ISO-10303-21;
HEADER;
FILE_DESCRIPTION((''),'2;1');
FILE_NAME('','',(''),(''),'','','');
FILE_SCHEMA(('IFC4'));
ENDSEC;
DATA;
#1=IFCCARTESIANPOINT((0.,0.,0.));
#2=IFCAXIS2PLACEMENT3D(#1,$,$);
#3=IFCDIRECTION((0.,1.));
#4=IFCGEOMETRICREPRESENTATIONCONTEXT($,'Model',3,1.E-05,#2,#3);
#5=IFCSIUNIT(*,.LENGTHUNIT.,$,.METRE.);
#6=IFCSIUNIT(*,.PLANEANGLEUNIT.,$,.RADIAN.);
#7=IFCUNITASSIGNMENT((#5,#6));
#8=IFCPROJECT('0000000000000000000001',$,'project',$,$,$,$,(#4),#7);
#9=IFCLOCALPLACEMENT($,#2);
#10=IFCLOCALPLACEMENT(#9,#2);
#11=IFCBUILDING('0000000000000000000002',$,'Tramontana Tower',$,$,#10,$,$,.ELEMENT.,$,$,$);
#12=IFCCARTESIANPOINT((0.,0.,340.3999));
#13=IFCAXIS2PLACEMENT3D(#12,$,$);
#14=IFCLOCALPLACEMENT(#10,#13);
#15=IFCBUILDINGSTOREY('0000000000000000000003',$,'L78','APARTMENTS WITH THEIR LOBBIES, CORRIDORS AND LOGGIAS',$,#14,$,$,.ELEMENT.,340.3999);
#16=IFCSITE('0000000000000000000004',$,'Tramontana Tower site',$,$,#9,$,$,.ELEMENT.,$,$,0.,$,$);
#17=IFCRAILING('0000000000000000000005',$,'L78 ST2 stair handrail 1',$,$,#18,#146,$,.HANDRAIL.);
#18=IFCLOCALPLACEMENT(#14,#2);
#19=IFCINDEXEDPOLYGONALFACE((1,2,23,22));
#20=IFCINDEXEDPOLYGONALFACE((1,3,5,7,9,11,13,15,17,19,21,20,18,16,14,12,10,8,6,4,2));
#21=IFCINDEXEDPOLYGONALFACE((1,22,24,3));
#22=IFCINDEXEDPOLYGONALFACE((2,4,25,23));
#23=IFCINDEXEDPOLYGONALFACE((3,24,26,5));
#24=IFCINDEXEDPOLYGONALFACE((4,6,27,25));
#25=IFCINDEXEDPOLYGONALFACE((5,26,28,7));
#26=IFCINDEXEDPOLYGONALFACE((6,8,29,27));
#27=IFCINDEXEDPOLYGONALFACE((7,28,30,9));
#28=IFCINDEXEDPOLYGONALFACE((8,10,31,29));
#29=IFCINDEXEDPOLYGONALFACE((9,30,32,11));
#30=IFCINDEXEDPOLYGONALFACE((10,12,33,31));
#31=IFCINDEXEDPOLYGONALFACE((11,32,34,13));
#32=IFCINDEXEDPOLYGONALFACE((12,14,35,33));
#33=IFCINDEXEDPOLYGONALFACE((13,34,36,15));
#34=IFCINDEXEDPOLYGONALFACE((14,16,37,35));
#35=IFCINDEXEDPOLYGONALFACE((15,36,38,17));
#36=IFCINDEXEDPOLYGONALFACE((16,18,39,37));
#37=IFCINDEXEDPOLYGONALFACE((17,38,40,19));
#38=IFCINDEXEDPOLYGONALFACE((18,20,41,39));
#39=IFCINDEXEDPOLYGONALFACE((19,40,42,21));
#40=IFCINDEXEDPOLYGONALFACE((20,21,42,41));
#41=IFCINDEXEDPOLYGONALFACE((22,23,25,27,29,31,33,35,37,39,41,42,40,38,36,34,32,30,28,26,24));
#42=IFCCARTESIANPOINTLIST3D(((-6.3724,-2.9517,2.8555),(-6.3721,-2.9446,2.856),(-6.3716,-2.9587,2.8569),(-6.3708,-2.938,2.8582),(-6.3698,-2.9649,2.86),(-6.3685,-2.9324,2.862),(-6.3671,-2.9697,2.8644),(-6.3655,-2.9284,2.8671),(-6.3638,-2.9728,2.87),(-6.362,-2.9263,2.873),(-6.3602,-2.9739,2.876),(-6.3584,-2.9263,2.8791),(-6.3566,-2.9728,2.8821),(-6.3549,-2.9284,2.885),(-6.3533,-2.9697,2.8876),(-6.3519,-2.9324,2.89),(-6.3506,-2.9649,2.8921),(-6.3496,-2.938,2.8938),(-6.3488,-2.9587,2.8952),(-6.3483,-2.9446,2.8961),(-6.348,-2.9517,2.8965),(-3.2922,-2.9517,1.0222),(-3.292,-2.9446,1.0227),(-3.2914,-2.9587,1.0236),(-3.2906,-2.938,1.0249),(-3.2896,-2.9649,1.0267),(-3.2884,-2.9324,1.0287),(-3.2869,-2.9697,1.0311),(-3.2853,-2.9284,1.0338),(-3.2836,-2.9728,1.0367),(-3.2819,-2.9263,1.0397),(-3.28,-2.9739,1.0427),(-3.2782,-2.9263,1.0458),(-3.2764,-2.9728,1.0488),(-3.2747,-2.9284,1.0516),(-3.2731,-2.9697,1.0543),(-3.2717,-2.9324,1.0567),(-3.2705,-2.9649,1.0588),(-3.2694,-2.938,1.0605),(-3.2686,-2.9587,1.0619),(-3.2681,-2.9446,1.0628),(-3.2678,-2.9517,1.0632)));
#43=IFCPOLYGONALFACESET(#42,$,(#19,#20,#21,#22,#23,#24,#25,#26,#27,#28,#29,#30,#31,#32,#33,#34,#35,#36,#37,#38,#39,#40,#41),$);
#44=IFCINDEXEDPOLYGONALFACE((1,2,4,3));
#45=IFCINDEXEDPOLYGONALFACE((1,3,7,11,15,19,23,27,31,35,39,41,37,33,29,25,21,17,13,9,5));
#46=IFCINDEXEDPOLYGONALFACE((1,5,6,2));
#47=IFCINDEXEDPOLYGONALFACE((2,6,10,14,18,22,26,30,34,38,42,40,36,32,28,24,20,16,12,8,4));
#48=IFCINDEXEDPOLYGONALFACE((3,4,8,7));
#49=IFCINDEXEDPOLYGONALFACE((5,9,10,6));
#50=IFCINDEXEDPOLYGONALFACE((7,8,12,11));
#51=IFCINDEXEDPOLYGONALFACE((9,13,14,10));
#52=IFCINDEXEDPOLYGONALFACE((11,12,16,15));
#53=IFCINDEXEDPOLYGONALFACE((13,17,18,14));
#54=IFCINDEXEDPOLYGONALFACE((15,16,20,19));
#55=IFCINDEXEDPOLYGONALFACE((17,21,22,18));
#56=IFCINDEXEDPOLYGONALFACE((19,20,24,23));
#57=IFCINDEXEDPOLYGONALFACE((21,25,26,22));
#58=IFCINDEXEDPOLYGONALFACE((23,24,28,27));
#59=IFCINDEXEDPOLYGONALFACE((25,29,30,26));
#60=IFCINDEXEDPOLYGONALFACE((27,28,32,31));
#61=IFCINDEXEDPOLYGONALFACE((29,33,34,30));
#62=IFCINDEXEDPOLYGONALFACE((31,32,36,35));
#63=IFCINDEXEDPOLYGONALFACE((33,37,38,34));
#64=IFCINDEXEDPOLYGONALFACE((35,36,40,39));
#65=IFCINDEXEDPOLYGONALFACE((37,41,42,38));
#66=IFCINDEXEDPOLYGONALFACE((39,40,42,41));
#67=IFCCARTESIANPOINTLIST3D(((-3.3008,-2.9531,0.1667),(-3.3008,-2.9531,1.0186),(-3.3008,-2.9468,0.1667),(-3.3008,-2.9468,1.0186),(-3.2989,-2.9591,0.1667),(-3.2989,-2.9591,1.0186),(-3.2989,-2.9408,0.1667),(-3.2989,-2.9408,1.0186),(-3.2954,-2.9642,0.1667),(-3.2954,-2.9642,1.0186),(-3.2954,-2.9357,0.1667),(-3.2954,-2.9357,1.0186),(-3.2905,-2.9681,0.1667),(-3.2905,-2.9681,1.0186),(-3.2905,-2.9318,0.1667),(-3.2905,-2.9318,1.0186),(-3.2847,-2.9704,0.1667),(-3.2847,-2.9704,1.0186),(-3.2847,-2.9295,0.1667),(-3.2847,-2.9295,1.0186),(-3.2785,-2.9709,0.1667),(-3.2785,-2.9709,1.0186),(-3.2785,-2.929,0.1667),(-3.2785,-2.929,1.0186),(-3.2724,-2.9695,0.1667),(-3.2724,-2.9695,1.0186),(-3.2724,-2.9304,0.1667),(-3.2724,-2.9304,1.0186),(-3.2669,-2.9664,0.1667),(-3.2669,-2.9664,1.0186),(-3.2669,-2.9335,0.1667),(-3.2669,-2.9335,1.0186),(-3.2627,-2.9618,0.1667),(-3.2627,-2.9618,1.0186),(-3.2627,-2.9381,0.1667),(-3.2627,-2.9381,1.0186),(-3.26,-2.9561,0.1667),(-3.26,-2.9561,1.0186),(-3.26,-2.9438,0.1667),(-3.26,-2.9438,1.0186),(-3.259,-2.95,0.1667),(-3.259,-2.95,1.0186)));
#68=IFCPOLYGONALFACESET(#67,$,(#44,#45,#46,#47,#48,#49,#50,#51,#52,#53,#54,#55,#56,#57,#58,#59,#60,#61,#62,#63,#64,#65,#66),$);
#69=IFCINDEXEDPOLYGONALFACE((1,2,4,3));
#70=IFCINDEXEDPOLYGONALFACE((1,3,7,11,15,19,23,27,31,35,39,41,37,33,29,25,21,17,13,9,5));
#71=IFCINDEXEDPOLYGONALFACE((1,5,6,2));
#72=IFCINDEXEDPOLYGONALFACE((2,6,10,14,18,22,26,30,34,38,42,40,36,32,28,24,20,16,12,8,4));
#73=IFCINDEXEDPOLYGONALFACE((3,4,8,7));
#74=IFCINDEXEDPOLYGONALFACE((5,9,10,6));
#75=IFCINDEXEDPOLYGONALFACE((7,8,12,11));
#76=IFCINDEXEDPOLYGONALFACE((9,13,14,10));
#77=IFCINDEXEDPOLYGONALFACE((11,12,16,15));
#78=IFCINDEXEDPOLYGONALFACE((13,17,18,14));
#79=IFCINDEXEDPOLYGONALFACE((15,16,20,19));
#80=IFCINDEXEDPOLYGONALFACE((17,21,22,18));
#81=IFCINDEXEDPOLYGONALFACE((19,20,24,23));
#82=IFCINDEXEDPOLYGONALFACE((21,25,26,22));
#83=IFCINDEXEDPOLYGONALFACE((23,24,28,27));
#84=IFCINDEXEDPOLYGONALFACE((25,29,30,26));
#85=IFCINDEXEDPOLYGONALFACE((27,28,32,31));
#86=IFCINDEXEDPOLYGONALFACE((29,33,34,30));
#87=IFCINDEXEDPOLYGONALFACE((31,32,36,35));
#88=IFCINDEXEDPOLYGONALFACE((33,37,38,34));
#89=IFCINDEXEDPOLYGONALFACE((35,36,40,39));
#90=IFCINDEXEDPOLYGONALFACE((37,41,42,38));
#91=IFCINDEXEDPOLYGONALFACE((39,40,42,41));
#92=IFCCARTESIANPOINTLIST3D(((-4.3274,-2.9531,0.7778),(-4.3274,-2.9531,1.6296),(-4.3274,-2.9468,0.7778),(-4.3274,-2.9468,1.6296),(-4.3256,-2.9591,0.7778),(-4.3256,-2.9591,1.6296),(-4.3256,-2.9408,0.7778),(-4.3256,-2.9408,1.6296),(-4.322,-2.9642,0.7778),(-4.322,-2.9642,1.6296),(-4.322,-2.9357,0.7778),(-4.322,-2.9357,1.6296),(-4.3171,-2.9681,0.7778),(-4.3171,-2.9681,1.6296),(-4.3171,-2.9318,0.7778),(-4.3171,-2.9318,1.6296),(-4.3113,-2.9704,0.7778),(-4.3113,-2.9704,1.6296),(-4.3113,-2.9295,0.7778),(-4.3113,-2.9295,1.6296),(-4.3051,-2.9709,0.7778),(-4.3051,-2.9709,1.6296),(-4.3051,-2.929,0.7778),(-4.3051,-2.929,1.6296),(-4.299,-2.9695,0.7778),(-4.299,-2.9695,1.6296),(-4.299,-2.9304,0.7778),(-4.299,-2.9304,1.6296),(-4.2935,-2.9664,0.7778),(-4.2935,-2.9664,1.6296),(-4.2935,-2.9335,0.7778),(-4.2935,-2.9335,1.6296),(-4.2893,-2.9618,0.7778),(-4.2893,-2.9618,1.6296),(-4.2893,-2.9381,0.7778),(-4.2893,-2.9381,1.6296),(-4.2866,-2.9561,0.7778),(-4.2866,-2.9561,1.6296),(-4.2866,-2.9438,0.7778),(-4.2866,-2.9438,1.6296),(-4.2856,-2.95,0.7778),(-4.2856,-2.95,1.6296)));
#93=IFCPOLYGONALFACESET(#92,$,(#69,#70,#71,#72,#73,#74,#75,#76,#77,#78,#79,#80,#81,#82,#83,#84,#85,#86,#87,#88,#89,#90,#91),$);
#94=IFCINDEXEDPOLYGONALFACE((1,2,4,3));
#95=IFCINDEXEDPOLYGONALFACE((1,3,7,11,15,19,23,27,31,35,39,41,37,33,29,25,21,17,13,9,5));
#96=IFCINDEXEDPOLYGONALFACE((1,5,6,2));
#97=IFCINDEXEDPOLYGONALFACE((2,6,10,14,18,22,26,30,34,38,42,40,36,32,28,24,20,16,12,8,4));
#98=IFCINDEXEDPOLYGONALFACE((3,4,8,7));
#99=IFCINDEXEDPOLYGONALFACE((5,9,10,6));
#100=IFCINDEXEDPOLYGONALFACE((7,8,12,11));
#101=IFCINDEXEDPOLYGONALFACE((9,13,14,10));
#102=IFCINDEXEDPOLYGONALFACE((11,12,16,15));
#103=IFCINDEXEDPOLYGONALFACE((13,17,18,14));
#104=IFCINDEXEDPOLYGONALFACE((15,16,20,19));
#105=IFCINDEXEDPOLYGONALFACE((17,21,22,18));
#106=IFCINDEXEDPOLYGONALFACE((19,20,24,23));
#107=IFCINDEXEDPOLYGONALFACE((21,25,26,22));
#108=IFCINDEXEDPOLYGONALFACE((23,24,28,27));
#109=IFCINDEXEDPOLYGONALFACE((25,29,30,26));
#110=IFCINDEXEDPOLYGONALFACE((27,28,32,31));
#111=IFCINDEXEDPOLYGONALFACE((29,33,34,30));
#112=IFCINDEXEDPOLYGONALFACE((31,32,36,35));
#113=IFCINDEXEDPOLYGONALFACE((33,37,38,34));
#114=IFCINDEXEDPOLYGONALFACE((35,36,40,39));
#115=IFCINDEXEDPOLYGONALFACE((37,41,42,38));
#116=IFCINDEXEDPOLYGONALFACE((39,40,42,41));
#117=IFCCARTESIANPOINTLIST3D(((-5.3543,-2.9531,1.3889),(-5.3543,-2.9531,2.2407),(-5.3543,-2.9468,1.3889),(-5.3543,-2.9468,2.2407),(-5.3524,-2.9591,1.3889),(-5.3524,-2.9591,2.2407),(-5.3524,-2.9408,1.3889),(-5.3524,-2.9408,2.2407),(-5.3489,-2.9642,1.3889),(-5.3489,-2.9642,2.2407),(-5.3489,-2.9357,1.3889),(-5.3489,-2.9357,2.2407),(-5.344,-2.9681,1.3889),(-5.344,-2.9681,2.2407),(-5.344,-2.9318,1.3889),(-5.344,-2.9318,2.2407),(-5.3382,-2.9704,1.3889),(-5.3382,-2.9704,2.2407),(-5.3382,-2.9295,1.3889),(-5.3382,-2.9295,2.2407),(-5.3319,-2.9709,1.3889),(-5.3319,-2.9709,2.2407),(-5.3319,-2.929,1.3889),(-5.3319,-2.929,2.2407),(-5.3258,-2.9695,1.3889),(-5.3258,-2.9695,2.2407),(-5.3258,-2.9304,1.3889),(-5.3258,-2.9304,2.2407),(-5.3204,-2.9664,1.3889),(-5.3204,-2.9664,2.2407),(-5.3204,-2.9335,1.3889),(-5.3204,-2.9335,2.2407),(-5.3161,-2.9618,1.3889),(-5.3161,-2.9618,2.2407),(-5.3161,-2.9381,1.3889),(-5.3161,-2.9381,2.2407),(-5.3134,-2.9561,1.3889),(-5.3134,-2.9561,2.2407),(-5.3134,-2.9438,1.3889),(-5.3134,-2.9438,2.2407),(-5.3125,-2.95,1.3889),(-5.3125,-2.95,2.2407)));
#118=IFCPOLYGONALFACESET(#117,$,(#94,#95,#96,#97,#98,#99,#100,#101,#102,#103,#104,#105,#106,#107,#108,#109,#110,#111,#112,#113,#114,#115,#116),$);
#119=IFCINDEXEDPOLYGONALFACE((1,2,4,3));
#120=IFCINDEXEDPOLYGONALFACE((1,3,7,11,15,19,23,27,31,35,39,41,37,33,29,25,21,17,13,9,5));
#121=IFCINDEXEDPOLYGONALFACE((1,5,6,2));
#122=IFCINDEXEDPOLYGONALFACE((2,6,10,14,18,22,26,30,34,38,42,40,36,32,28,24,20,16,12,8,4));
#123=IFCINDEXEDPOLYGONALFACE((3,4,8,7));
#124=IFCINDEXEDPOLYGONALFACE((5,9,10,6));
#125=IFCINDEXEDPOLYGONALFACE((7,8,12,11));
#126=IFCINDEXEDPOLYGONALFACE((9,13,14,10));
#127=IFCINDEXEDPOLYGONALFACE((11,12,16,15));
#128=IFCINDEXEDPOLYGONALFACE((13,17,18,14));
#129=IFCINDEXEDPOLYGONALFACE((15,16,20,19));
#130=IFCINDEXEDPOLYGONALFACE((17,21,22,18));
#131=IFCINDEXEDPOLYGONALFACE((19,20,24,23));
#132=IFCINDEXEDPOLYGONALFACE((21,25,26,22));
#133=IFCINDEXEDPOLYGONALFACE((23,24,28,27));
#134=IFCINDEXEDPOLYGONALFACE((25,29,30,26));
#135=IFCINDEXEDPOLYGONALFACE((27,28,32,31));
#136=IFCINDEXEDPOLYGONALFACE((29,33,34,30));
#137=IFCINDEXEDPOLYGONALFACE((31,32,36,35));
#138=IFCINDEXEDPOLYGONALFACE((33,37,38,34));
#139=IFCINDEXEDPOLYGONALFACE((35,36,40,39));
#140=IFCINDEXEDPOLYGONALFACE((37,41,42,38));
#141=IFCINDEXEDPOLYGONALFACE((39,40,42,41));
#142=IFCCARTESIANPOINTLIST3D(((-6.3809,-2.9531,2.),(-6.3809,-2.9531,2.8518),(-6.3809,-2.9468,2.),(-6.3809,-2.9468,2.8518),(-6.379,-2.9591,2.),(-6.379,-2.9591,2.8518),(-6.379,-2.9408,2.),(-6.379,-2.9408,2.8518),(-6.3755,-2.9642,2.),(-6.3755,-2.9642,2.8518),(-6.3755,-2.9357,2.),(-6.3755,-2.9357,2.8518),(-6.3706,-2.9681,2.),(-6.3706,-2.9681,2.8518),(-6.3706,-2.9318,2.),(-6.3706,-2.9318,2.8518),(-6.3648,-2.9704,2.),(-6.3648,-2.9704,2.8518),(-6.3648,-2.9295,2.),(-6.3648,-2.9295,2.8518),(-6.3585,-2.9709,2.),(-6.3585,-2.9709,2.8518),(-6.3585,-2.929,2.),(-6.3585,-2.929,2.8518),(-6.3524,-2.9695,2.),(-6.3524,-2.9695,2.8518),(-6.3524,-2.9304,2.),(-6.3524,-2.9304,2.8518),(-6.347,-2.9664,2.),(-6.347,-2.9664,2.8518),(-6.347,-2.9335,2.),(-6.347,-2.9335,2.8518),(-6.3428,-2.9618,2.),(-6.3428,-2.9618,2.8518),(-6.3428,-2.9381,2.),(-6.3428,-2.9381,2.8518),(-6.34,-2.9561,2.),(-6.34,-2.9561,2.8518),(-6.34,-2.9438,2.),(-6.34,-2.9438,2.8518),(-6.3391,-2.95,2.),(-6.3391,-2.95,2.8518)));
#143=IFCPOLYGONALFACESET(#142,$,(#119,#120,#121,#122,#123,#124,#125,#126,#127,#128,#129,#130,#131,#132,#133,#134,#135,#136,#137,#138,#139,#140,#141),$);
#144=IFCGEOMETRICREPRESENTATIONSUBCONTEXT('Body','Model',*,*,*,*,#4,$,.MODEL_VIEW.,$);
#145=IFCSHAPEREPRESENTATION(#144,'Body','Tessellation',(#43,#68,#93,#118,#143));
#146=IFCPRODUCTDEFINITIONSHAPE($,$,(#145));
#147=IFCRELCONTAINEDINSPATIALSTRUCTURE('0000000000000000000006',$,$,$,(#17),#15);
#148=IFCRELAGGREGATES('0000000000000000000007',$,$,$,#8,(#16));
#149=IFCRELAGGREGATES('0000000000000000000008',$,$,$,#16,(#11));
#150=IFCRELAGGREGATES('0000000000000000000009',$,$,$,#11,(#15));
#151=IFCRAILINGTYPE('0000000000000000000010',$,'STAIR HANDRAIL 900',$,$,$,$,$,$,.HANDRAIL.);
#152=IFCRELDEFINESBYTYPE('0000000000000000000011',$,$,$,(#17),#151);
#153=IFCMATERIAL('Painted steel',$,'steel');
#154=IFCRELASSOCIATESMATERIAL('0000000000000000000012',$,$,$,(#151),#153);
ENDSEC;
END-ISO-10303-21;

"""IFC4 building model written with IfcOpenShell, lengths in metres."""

from ifc_helpers import new_model, si_unit, direction, frame, origin, origin_2d, place, context, subcontext, project, spatial, circle, extrude, material, type_object, element, save


model = new_model("IFC4")

# Units and contexts
model_context = context("Model", 3, precision=1e-05, world=origin(), true_north=direction((0.0, 1.0)))
body_context = subcontext(model_context, "Body", "Model", "MODEL_VIEW")
ifc_project = project(units=[si_unit("LENGTHUNIT", "METRE"), si_unit("PLANEANGLEUNIT", "RADIAN")], contexts=[model_context])

# Site, building, storey
site_placement = place(None, origin())
site = spatial("IfcSite", under=ifc_project, at=site_placement, Name="Tramontana Tower site", CompositionType="ELEMENT", RefElevation=0.0)
building_placement = place(site_placement, origin())
building = spatial("IfcBuilding", under=site, at=building_placement, Name="Tramontana Tower", CompositionType="ELEMENT")
storey_placement = place(building_placement, frame((0.0, 0.0, 340.3999)))
storey = spatial("IfcBuildingStorey", under=building, at=storey_placement, Name="L78", Description="APARTMENTS WITH THEIR LOBBIES, CORRIDORS AND LOGGIAS", CompositionType="ELEMENT", Elevation=340.3999)

# Railing
ifc_material_1 = material(Name="Painted steel", Category="steel")
railing_type_1 = type_object("IfcRailingType", Name="STAIR HANDRAIL 900", PredefinedType="HANDRAIL", material=ifc_material_1)
railing_1_placement = place(storey_placement, frame((-3.28, -2.95, 0.1667)))
element("IfcRailing", 1, at=railing_1_placement, inside=storey, type_object=railing_type_1, Name="L78 ST2 stair handrail 1", PredefinedType="HANDRAIL", context=body_context, shape_type="SweptSolid", body=[
    extrude(circle(Radius=0.0239, at=origin_2d()), frame((0.0, 0.0, 0.876), z_axis=(-0.859309, 0.0, 0.511458), x_axis=(0.0, -1.0, 0.0)), (0.0, 0.0, 1.0), 3.5845),
    extrude(circle(Radius=0.021, at=origin_2d()), origin(), (0.0, 0.0, 1.0), 0.8518),
    extrude(circle(Radius=0.021, at=origin_2d()), frame((-1.0266, 0.0, 0.6111)), (0.0, 0.0, 1.0), 0.8518),
    extrude(circle(Radius=0.021, at=origin_2d()), frame((-2.0535, 0.0, 1.2222)), (0.0, 0.0, 1.0), 0.8518),
    extrude(circle(Radius=0.021, at=origin_2d()), frame((-3.0801, 0.0, 1.8333)), (0.0, 0.0, 1.0), 0.8518),
])

save(model, "model.ifc")
